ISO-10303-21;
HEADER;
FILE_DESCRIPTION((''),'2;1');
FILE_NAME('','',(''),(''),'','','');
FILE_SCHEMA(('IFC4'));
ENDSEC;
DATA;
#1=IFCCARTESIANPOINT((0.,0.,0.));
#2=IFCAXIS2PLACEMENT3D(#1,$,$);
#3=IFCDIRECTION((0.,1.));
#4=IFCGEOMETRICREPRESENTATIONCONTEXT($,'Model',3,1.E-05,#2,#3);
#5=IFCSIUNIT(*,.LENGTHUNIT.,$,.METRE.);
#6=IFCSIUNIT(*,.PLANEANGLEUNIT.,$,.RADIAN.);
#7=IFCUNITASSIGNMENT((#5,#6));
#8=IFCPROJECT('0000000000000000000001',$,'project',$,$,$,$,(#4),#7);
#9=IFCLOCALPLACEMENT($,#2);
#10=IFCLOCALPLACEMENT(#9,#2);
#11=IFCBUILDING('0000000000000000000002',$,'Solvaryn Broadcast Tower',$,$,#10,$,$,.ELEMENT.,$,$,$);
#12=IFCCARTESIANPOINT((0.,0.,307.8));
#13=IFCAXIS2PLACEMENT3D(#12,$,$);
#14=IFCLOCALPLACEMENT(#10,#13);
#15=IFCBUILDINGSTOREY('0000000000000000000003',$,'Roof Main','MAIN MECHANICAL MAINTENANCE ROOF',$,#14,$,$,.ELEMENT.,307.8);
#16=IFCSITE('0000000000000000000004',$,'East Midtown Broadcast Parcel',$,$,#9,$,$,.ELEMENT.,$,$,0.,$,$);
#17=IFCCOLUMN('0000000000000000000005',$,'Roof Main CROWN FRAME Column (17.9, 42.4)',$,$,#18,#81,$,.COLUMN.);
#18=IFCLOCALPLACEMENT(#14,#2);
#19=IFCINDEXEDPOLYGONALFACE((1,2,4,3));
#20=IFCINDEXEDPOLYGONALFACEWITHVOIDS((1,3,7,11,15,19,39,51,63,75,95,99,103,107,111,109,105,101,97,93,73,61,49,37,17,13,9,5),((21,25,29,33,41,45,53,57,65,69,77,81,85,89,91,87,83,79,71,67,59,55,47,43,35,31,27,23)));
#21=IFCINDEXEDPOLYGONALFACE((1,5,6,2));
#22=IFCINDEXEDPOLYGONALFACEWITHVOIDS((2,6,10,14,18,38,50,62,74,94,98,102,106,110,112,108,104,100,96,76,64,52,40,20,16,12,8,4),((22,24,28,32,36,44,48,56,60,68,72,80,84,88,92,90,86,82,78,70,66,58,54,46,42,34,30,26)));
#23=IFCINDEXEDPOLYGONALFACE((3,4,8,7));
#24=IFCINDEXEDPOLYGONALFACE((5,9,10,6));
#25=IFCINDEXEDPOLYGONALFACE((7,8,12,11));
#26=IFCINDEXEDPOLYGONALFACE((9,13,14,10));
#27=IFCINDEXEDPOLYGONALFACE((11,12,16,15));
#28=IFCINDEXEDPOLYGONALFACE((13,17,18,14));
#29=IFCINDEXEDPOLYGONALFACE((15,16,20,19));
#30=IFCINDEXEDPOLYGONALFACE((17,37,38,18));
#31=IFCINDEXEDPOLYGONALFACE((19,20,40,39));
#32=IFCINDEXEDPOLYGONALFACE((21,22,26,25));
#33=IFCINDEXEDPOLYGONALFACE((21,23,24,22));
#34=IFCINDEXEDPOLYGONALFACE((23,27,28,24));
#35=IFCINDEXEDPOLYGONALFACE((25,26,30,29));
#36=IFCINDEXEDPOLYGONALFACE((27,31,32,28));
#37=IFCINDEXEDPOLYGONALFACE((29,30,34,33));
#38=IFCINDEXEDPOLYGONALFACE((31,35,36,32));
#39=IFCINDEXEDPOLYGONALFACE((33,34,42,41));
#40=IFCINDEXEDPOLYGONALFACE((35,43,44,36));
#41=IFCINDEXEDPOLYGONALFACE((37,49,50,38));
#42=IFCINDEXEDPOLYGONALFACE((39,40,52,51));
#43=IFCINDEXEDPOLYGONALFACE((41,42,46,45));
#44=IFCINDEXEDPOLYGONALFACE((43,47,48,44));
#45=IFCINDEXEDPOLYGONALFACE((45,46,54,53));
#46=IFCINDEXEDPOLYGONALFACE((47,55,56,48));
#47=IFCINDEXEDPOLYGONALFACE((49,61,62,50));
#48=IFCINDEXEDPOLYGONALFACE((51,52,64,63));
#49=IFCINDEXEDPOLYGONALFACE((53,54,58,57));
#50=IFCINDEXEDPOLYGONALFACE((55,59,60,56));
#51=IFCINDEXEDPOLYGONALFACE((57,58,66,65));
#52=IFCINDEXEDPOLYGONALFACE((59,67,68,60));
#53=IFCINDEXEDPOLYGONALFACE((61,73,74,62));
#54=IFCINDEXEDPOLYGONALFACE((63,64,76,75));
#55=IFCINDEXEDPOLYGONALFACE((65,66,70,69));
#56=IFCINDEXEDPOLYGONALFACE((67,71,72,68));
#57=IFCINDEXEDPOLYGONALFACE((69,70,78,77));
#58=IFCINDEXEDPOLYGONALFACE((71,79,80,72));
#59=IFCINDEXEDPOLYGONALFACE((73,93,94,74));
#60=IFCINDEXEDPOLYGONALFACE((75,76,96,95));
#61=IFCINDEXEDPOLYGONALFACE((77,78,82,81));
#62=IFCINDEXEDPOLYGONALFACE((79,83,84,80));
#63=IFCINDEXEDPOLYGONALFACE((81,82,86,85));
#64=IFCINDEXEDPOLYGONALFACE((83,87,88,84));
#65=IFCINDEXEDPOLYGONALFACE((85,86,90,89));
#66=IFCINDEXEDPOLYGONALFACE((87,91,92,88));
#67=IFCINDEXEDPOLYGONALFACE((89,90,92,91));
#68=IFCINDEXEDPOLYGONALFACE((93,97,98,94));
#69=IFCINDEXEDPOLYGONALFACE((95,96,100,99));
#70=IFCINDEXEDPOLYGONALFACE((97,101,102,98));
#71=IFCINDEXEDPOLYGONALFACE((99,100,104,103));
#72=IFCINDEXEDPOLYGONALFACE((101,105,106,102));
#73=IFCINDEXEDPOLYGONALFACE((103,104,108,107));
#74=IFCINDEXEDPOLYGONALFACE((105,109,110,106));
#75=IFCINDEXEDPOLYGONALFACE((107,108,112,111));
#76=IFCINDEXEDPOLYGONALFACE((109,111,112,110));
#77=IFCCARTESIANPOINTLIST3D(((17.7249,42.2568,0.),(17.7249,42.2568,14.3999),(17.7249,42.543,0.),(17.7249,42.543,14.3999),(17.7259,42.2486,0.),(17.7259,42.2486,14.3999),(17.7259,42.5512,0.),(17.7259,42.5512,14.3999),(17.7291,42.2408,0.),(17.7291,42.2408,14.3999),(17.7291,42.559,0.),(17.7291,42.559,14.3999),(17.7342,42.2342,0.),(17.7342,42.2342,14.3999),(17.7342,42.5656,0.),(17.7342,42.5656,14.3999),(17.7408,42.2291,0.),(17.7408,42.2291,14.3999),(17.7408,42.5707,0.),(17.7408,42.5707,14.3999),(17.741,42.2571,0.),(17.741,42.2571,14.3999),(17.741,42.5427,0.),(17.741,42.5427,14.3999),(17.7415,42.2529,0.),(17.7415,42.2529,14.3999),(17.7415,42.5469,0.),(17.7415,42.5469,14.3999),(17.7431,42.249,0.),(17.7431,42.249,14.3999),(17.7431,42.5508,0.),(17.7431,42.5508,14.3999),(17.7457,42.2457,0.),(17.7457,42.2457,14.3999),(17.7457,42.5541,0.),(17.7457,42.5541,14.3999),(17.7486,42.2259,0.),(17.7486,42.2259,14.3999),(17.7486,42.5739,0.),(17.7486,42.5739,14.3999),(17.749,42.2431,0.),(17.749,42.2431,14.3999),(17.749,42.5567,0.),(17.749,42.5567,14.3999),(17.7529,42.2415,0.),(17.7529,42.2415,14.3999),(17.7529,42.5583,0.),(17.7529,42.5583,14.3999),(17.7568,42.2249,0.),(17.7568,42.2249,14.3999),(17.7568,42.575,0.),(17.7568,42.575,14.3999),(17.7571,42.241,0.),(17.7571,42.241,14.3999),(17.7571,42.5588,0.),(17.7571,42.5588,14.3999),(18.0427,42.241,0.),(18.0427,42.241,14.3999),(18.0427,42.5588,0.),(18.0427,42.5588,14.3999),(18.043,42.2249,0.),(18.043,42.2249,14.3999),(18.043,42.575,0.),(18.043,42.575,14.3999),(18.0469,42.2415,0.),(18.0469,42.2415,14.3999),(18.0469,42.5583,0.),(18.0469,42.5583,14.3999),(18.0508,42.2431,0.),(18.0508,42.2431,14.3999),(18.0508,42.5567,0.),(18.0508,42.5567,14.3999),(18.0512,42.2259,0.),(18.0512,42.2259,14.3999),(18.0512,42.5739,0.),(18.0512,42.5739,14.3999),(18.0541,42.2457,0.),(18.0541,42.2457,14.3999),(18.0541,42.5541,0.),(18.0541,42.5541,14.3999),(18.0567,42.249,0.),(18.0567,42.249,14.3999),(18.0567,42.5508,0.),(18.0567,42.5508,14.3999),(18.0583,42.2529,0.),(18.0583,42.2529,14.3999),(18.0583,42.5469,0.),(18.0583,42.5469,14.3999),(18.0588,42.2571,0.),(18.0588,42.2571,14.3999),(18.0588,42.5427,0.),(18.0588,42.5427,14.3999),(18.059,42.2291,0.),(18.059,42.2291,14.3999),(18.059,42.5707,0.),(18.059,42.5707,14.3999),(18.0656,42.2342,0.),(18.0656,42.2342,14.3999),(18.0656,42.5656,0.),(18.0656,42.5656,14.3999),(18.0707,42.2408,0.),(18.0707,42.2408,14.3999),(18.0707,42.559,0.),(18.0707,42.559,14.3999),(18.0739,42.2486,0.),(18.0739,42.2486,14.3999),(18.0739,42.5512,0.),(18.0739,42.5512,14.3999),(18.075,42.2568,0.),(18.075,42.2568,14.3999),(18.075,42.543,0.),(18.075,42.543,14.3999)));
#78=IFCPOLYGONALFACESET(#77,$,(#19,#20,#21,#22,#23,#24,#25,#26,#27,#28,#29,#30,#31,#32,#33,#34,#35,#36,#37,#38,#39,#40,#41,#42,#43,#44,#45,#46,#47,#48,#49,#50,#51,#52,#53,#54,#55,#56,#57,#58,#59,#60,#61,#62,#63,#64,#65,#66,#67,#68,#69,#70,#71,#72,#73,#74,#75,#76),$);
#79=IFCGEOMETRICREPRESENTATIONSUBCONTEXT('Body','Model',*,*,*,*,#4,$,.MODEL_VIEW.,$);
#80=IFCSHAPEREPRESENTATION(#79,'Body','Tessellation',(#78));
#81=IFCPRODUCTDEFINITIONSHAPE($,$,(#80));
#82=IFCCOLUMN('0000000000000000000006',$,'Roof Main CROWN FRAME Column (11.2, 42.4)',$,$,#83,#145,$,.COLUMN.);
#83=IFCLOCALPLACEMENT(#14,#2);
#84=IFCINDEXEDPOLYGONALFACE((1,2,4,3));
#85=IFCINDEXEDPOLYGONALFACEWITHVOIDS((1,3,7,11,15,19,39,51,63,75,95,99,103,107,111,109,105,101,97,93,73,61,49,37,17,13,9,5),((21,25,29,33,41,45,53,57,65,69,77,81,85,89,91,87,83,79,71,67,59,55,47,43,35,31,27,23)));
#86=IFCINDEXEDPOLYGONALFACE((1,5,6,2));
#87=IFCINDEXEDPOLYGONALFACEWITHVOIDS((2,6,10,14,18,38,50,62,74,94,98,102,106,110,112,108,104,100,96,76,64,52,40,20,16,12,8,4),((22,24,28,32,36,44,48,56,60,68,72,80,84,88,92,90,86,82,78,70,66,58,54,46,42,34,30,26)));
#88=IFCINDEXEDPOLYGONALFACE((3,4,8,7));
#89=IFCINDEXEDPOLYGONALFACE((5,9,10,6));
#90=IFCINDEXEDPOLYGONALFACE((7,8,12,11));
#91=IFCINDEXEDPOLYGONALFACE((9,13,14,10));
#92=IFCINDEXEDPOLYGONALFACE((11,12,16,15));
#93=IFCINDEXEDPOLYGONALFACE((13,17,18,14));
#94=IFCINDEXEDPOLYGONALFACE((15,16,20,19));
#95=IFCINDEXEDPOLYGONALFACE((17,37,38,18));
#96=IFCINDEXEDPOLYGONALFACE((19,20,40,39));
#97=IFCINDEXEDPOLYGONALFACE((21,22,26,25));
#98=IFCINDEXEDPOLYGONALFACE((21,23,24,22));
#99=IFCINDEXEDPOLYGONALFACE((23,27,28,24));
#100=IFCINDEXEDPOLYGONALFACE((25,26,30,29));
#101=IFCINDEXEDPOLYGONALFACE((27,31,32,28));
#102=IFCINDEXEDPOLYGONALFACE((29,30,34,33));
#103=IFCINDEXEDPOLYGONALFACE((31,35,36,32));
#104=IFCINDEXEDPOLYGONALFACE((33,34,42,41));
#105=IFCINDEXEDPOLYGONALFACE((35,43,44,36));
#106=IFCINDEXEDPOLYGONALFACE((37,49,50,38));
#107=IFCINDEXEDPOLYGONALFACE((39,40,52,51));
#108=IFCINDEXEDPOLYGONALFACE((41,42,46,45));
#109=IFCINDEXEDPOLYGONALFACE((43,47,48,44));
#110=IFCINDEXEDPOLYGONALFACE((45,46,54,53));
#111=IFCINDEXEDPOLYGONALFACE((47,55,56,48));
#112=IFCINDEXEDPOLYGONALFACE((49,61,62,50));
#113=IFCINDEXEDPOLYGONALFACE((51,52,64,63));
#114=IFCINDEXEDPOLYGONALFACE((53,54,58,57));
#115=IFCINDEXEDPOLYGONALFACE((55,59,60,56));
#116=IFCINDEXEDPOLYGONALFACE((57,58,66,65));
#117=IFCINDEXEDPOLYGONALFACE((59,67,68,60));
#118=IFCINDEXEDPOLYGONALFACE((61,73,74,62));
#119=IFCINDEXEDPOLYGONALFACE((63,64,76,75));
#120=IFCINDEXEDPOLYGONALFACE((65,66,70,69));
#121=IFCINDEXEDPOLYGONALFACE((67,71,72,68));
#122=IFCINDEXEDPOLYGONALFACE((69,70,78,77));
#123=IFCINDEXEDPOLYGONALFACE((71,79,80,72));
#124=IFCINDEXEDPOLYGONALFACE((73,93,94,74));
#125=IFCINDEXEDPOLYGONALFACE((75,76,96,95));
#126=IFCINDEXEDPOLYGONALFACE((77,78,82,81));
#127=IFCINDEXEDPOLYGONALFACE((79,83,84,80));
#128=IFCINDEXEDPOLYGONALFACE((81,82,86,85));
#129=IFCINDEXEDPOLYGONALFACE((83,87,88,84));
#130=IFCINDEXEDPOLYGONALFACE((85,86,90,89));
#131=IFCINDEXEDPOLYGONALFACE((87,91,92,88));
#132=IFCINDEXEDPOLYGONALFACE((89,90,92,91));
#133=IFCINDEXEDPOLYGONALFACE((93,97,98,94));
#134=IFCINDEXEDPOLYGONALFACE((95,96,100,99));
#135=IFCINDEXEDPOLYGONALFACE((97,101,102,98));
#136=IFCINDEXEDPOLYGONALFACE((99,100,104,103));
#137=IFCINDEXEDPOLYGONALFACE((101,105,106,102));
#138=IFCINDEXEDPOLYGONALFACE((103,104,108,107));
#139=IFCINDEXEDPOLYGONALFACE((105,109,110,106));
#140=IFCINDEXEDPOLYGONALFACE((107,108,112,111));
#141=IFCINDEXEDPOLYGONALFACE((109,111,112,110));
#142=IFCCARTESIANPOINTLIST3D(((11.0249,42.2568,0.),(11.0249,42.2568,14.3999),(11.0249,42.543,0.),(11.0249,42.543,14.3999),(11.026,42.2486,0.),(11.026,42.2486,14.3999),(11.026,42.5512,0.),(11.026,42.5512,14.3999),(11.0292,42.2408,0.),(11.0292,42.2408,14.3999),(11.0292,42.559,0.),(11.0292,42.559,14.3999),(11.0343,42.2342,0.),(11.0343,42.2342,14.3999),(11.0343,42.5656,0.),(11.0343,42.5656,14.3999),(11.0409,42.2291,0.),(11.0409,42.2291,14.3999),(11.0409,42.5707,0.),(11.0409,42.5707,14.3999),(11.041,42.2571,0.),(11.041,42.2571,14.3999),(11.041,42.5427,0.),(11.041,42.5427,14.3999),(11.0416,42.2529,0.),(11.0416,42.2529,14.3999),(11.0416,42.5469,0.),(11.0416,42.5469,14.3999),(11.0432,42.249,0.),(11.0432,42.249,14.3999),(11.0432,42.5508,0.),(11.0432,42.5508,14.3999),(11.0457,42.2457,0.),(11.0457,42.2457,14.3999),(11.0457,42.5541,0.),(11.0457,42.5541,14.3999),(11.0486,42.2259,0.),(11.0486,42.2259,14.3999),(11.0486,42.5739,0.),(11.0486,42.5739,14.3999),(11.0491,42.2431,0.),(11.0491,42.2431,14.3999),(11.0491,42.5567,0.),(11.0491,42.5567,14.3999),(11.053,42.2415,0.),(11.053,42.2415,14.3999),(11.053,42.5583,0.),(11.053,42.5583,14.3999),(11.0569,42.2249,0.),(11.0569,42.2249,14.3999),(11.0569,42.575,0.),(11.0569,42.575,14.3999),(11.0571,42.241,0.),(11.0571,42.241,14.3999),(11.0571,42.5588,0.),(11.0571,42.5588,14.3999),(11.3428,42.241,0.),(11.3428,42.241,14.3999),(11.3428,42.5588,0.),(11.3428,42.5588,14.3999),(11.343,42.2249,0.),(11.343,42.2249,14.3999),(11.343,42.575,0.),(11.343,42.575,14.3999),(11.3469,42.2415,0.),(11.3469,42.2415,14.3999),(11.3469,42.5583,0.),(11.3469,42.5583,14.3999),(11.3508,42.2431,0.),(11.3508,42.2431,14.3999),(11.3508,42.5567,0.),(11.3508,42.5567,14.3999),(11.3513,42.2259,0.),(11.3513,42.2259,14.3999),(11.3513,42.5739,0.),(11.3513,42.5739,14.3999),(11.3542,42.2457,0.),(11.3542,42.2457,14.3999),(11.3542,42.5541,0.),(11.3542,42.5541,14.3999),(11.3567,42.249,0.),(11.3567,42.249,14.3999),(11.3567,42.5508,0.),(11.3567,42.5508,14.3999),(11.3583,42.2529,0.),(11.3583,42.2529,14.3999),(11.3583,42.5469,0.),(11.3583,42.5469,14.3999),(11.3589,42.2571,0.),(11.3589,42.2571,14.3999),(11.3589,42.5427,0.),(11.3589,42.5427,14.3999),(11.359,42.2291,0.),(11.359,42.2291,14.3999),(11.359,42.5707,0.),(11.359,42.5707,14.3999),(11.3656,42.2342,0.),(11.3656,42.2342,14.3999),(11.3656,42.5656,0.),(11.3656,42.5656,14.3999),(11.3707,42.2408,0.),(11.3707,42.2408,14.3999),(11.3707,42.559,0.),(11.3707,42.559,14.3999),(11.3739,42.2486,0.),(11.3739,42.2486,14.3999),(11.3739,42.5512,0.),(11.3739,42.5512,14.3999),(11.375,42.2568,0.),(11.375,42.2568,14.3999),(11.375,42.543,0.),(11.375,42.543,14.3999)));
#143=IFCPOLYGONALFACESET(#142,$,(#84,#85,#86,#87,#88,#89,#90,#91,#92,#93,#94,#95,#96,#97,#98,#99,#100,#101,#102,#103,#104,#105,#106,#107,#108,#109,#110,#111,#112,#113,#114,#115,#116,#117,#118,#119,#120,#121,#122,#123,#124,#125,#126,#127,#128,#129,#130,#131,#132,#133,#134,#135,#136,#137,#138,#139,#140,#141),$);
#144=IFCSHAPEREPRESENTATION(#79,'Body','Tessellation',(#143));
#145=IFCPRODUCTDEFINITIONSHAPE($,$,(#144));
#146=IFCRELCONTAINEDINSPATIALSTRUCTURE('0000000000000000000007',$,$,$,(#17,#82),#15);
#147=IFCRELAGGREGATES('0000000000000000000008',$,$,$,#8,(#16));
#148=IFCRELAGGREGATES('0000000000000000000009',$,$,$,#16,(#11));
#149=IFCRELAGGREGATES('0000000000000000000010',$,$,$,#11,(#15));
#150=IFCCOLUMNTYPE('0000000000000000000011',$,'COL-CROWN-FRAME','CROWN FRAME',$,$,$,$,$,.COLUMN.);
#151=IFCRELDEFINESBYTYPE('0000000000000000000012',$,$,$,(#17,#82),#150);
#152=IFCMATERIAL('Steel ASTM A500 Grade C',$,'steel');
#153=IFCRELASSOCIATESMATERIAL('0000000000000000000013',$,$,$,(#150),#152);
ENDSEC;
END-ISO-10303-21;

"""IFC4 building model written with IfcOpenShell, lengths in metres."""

from ifc_helpers import new_model, si_unit, direction, frame, origin, origin_2d, place, context, subcontext, project, spatial, hollow_rectangle, extrude, material, material_profile, profile_set, type_object, element, save


model = new_model("IFC4")

# Units and contexts
model_context = context("Model", 3, precision=1e-05, world=origin(), true_north=direction((0.0, 1.0)))
body_context = subcontext(model_context, "Body", "Model", "MODEL_VIEW")
ifc_project = project(units=[si_unit("LENGTHUNIT", "METRE"), si_unit("PLANEANGLEUNIT", "RADIAN")], contexts=[model_context])

# Site, building, storey
site_placement = place(None, origin())
site = spatial("IfcSite", under=ifc_project, at=site_placement, Name="East Midtown Broadcast Parcel", CompositionType="ELEMENT", RefElevation=0.0)
building_placement = place(site_placement, origin())
building = spatial("IfcBuilding", under=site, at=building_placement, Name="Solvaryn Broadcast Tower", CompositionType="ELEMENT")
storey_placement = place(building_placement, frame((0.0, 0.0, 307.8)))
storey = spatial("IfcBuildingStorey", under=building, at=storey_placement, Name="Roof Main", Description="MAIN MECHANICAL MAINTENANCE ROOF", CompositionType="ELEMENT", Elevation=307.8)

# Columns
ifc_material_1 = material(Name="Steel ASTM A500 Grade C", Category="steel")
ifc_material_profile_1 = material_profile(ifc_material_1, hollow_rectangle(XDim=0.3501, YDim=0.3501, WallThickness=0.0161, InnerFilletRadius=0.0161, OuterFilletRadius=0.032, at=origin_2d()))
ifc_profile_set_1 = profile_set([ifc_material_profile_1], Name="Steel ASTM A500 Grade C")
column_type = type_object("IfcColumnType", Name="COL-CROWN-FRAME", Description="CROWN FRAME", PredefinedType="COLUMN", material=ifc_profile_set_1)
for number, where, z_axis, x_axis, name in (
    (1, (17.8999, 42.3999, 0.0), (0.0, 0.0, 1.0), (1.0, 0.0, 0.0), "Roof Main CROWN FRAME Column (17.9, 42.4)"),
    (2, (11.2, 42.3999, 0.0), (0.0, 0.0, 1.0), (1.0, 0.0, 0.0), "Roof Main CROWN FRAME Column (11.2, 42.4)"),
):
    element("IfcColumn", number, at=place(storey_placement, frame(where, z_axis=z_axis, x_axis=x_axis)), inside=storey, type_object=column_type, Name=name, PredefinedType="COLUMN", context=body_context, shape_type="SweptSolid", body=[
        extrude(hollow_rectangle(XDim=0.3501, YDim=0.3501, WallThickness=0.0161, InnerFilletRadius=0.0161, OuterFilletRadius=0.032, at=origin_2d()), origin(), (0.0, 0.0, 1.0), 14.3999),
    ])

save(model, "model.ifc")
